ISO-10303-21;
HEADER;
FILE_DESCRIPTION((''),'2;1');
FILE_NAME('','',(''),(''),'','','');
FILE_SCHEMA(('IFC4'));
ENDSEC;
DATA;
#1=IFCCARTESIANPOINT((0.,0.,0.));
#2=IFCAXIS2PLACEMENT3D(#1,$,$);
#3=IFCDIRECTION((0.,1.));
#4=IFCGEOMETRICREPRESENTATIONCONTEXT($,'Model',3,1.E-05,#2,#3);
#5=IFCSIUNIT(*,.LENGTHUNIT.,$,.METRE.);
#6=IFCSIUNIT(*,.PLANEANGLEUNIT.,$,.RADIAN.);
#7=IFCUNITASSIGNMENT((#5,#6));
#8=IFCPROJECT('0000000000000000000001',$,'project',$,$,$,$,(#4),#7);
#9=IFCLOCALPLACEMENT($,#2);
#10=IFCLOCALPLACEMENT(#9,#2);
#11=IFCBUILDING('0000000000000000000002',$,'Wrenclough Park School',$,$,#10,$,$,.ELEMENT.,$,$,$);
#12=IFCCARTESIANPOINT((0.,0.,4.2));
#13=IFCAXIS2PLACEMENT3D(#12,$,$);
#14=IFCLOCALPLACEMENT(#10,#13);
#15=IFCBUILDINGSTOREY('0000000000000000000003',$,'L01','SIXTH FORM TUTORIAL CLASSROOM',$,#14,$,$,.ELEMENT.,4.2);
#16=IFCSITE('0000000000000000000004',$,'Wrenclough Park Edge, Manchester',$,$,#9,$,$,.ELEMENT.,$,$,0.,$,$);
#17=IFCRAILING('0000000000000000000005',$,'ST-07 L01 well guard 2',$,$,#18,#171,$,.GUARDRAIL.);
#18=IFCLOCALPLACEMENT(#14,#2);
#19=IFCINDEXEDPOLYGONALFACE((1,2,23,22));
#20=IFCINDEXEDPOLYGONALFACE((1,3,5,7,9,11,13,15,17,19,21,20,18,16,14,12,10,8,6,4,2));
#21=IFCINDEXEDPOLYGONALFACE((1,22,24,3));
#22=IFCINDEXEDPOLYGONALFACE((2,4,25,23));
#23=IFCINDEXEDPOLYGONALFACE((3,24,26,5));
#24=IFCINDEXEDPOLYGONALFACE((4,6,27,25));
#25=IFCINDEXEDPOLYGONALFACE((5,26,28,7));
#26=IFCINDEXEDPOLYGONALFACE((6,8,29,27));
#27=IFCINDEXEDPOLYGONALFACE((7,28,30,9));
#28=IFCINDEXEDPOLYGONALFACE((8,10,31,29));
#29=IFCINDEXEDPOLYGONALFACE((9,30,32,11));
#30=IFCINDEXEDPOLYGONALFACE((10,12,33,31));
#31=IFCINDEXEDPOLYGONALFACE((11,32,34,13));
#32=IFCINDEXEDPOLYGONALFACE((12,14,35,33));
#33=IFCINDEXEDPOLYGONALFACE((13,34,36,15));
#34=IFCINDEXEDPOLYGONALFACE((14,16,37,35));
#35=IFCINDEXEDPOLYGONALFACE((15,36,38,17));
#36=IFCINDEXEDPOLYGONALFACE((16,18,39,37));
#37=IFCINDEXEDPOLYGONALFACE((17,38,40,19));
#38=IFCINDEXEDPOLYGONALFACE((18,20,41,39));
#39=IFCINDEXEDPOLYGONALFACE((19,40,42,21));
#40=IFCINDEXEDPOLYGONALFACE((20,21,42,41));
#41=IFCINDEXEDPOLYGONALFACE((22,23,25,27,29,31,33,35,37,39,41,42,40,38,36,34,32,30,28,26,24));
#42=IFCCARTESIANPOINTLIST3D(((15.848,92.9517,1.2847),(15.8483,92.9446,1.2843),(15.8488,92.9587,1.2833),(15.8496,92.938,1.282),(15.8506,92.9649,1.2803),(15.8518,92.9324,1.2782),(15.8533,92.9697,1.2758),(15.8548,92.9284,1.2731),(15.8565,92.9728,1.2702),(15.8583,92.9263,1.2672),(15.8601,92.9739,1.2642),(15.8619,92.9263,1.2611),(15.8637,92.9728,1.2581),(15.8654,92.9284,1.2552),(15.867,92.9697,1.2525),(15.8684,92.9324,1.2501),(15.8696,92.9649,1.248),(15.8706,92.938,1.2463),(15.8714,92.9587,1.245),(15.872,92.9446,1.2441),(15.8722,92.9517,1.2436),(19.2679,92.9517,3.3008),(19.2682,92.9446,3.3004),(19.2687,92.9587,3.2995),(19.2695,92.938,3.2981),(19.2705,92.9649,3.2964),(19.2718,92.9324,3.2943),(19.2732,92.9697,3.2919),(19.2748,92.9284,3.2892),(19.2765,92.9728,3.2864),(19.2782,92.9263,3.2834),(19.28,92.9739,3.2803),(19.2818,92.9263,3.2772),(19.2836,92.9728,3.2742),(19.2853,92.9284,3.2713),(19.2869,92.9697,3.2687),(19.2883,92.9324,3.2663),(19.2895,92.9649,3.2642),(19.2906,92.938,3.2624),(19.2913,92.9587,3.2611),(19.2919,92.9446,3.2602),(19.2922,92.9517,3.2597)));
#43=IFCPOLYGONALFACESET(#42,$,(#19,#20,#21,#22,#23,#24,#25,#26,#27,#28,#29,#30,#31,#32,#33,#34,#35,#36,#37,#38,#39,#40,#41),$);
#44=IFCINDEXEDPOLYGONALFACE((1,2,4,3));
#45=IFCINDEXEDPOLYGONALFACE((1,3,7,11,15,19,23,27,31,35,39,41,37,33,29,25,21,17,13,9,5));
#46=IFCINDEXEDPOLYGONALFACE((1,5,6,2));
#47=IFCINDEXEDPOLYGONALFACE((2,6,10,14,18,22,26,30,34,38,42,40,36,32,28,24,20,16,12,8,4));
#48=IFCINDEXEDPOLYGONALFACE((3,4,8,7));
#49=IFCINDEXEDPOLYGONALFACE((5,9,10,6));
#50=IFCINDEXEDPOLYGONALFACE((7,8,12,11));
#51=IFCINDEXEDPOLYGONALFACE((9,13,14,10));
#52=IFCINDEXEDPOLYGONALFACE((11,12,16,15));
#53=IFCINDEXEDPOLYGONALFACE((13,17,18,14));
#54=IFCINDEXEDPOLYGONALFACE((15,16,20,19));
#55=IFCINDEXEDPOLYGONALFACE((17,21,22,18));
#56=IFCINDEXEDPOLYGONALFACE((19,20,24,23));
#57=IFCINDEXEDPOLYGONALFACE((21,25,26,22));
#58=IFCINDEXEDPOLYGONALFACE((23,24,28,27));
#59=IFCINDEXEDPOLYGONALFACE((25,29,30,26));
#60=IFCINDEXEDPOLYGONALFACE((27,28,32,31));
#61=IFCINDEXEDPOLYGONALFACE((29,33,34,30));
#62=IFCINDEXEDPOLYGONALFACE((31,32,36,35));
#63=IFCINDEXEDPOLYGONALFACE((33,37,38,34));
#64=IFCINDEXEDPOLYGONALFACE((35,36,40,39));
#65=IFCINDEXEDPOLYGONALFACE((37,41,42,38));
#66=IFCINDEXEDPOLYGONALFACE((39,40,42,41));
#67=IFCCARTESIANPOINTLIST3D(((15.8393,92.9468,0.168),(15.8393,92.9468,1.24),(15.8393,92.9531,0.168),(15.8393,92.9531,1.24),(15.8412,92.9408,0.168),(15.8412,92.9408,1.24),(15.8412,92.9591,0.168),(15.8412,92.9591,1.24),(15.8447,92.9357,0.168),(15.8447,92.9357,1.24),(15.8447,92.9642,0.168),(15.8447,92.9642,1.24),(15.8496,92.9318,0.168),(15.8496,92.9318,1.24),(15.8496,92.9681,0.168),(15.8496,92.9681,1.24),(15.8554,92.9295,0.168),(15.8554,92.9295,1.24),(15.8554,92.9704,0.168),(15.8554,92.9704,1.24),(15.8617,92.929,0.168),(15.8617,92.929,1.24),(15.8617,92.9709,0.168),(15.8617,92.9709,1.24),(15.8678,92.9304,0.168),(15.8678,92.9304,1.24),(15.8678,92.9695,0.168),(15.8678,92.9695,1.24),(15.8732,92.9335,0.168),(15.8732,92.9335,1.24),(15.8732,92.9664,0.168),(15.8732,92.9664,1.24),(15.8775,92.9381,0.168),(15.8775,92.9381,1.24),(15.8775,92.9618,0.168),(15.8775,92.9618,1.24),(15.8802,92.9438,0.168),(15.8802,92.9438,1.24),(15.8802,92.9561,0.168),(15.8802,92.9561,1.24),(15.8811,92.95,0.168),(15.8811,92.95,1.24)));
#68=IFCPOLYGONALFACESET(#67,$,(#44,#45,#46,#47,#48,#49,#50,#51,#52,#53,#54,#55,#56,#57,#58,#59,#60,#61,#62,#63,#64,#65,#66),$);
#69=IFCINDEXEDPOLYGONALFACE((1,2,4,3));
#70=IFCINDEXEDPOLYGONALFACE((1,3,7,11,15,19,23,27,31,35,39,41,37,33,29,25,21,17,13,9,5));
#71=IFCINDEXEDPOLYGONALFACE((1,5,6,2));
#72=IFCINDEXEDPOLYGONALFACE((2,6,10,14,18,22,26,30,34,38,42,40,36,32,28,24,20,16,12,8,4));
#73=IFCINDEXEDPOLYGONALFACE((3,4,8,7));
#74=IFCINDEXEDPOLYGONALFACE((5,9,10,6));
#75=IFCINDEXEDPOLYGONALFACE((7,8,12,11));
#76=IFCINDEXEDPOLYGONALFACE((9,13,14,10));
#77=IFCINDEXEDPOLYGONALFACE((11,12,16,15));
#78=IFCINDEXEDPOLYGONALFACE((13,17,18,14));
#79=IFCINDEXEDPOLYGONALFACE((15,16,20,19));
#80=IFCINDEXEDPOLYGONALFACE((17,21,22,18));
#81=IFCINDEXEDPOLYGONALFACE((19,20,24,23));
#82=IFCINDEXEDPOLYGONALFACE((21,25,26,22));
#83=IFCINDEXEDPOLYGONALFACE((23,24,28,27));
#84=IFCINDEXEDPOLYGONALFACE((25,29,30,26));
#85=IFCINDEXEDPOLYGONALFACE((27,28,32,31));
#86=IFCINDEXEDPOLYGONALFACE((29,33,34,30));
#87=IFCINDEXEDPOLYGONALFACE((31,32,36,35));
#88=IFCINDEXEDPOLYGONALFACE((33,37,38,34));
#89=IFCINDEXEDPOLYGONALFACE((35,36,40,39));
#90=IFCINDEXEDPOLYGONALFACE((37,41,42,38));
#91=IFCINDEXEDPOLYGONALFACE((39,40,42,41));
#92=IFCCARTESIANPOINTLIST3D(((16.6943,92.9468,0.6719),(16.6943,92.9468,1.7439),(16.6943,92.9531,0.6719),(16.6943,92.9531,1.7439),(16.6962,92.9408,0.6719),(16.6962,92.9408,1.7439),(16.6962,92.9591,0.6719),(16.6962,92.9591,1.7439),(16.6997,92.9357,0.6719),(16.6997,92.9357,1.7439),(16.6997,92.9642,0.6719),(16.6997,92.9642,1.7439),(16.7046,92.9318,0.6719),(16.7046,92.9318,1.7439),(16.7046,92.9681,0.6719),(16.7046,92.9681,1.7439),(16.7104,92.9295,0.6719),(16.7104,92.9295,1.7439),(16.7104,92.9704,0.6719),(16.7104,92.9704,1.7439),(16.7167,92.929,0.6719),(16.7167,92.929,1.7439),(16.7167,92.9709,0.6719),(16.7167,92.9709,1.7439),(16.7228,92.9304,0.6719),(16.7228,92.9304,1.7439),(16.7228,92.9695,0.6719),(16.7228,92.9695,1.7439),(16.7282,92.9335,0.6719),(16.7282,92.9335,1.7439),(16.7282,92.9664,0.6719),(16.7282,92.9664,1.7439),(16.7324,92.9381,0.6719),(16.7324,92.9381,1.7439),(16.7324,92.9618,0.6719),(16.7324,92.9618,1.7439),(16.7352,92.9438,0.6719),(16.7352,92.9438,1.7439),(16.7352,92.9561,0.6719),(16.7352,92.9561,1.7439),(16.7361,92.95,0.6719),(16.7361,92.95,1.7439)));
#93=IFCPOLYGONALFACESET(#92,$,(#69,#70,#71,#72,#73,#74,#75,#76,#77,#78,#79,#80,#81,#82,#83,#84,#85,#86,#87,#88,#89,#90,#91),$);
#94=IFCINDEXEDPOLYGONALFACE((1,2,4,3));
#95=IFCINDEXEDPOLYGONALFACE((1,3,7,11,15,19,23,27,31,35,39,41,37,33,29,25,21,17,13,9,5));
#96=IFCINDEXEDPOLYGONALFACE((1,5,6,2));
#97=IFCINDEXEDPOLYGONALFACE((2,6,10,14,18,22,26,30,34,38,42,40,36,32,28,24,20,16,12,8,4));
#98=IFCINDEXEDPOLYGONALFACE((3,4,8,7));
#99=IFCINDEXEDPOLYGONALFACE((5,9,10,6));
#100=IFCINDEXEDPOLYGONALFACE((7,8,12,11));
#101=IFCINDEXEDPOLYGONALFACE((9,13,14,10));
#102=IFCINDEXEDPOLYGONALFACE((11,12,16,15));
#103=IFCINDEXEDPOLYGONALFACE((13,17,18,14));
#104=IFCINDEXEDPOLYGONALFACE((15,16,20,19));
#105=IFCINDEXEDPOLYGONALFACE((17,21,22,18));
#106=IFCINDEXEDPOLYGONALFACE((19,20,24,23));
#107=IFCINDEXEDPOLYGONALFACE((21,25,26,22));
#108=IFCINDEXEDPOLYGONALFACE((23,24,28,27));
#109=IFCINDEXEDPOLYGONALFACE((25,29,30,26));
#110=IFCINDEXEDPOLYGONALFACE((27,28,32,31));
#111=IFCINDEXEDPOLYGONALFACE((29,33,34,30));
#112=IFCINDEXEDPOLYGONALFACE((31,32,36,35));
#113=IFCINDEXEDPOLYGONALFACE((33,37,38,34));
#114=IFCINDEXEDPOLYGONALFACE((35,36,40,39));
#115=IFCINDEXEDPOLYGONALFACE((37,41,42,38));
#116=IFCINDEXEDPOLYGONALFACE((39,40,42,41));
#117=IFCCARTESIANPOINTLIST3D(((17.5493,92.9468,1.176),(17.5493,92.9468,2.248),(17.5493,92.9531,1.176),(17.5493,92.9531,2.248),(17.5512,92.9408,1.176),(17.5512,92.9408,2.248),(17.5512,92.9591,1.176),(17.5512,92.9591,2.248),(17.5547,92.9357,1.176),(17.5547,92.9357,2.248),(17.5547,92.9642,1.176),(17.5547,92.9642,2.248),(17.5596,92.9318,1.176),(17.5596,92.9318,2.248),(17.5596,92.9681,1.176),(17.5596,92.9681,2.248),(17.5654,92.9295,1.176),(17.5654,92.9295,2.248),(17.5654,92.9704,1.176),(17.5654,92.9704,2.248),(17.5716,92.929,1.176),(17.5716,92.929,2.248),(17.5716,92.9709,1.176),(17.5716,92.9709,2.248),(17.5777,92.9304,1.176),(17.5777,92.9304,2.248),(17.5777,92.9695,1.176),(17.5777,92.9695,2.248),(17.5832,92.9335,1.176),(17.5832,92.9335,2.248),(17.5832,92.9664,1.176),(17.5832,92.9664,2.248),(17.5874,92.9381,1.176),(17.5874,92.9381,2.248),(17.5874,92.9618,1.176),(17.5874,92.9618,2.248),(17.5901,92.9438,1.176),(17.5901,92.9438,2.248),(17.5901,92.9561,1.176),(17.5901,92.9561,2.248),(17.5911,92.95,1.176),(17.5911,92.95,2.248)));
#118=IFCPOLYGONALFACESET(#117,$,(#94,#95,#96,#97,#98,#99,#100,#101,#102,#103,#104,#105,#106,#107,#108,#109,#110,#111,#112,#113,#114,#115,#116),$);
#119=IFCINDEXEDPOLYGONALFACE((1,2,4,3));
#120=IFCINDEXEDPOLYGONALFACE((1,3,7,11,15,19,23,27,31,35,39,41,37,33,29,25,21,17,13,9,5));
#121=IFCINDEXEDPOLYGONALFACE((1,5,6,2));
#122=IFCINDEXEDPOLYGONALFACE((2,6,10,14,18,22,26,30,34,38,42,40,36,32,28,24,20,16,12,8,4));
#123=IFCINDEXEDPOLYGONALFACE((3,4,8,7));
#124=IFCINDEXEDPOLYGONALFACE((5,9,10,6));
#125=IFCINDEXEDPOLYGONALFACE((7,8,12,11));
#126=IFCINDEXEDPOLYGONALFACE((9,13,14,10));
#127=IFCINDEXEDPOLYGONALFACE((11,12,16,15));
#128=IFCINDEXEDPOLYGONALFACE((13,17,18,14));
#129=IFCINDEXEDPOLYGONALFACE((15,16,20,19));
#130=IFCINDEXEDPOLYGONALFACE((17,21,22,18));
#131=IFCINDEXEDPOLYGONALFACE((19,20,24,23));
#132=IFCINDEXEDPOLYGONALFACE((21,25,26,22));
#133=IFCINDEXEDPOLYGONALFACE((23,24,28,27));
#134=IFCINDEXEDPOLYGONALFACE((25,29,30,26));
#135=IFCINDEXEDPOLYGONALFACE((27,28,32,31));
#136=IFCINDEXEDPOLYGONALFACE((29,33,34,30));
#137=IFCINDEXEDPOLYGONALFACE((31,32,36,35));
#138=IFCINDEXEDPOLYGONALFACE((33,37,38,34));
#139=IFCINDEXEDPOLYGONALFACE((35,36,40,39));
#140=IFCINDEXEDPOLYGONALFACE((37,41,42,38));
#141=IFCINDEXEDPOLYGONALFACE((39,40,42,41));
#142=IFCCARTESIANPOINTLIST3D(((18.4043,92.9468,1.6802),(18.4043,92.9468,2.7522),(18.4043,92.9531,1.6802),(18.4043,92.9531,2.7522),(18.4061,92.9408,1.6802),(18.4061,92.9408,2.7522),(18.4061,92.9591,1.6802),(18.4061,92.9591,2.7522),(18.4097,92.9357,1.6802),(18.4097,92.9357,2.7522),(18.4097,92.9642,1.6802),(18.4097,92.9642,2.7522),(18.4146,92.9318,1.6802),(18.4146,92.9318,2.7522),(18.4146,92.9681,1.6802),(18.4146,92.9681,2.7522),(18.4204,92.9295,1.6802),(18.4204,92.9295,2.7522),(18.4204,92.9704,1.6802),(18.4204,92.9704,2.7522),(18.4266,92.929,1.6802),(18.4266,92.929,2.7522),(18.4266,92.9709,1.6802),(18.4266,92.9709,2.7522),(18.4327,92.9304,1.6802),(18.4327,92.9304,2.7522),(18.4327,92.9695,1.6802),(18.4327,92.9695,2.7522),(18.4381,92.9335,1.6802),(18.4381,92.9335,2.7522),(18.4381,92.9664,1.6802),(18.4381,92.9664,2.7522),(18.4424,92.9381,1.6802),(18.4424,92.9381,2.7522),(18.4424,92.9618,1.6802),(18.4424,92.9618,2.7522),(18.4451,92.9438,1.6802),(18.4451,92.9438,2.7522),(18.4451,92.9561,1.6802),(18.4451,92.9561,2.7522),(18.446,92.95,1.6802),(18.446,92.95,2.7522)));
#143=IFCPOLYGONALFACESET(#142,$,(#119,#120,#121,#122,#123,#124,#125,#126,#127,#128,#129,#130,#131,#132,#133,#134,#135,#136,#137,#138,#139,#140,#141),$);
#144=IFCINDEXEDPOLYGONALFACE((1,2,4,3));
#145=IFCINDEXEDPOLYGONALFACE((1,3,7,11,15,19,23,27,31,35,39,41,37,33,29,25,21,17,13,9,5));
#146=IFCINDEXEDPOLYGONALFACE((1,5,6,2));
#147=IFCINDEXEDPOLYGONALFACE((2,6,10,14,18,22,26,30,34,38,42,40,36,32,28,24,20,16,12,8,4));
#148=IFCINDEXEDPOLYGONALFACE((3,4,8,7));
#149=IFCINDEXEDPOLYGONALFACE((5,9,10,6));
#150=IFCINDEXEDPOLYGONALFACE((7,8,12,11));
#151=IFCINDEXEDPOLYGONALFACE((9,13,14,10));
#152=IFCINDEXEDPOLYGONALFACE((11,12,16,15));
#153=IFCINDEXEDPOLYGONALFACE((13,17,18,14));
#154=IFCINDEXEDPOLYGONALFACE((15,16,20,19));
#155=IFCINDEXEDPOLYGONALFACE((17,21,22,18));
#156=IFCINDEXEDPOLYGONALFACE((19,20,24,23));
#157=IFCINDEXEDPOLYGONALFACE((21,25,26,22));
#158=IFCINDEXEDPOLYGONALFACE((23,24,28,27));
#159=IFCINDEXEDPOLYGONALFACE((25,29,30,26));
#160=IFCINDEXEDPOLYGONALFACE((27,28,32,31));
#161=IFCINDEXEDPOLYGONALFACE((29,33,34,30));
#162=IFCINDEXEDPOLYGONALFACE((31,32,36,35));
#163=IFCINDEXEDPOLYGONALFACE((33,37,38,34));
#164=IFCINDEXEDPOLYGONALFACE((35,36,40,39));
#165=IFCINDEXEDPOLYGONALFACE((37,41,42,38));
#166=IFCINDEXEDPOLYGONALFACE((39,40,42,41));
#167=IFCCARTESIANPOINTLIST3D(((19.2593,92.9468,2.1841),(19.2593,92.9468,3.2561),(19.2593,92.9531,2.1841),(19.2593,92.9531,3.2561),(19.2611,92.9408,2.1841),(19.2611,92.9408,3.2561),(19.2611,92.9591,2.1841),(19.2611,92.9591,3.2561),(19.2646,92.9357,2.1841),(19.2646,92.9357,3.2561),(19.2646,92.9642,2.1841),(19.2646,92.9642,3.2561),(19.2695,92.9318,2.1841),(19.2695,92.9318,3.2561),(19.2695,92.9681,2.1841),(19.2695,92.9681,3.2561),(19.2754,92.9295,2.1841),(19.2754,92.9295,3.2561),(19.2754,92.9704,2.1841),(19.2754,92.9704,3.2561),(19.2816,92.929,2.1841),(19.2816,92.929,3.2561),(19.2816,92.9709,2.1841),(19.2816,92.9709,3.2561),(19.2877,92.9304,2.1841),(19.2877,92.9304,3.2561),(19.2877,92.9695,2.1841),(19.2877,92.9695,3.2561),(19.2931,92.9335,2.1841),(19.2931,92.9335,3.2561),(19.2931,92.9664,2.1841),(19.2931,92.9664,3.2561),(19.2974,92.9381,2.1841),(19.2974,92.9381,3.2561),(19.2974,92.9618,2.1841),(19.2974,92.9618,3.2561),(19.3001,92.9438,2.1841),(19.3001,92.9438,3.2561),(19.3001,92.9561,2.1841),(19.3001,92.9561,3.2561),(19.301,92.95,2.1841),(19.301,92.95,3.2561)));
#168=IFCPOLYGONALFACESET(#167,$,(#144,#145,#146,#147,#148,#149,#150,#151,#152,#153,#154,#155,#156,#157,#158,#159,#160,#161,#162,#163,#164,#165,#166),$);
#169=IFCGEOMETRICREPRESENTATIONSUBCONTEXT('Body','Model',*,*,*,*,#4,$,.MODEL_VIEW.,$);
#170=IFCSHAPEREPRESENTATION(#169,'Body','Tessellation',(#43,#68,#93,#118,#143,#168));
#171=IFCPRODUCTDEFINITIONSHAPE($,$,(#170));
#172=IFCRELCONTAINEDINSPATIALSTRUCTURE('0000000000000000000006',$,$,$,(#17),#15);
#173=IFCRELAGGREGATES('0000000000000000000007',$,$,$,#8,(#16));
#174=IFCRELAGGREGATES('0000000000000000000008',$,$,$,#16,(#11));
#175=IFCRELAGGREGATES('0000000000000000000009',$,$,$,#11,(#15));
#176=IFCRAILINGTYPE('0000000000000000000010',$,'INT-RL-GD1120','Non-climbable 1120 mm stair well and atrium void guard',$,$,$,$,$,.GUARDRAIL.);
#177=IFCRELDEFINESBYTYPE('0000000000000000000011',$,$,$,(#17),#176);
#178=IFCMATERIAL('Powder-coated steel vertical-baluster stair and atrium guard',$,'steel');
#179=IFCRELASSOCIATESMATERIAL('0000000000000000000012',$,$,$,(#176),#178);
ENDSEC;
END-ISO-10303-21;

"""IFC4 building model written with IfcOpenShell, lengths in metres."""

from ifc_helpers import new_model, si_unit, direction, frame, origin, origin_2d, place, context, subcontext, project, spatial, circle, extrude, material, type_object, element, save


model = new_model("IFC4")

# Units and contexts
model_context = context("Model", 3, precision=1e-05, world=origin(), true_north=direction((0.0, 1.0)))
body_context = subcontext(model_context, "Body", "Model", "MODEL_VIEW")
ifc_project = project(units=[si_unit("LENGTHUNIT", "METRE"), si_unit("PLANEANGLEUNIT", "RADIAN")], contexts=[model_context])

# Site, building, storey
site_placement = place(None, origin())
site = spatial("IfcSite", under=ifc_project, at=site_placement, Name="Wrenclough Park Edge, Manchester", CompositionType="ELEMENT", RefElevation=0.0)
building_placement = place(site_placement, origin())
building = spatial("IfcBuilding", under=site, at=building_placement, Name="Wrenclough Park School", CompositionType="ELEMENT")
storey_placement = place(building_placement, frame((0.0, 0.0, 4.2)))
storey = spatial("IfcBuildingStorey", under=building, at=storey_placement, Name="L01", Description="SIXTH FORM TUTORIAL CLASSROOM", CompositionType="ELEMENT", Elevation=4.2)

# Railing
ifc_material_1 = material(Name="Powder-coated steel vertical-baluster stair and atrium guard", Category="steel")
railing_type = type_object("IfcRailingType", Name="INT-RL-GD1120", Description="Non-climbable 1120 mm stair well and atrium void guard", PredefinedType="GUARDRAIL", material=ifc_material_1)
railing_1_placement = place(storey_placement, frame((15.8601, 92.95, 0.168)))
element("IfcRailing", 1, at=railing_1_placement, inside=storey, type_object=railing_type, Name="ST-07 L01 well guard 2", PredefinedType="GUARDRAIL", context=body_context, shape_type="SweptSolid", body=[
    extrude(circle(Radius=0.0239, at=origin_2d()), frame((0.0, 0.0, 1.0962), z_axis=(0.86145, 0.0, 0.507842), x_axis=(0.0, 1.0, 0.0)), (0.0, 0.0, 1.0), 3.97),
    extrude(circle(Radius=0.021, at=origin_2d()), origin(), (0.0, 0.0, 1.0), 1.072),
    extrude(circle(Radius=0.021, at=origin_2d()), frame((0.855, 0.0, 0.5039)), (0.0, 0.0, 1.0), 1.072),
    extrude(circle(Radius=0.021, at=origin_2d()), frame((1.71, 0.0, 1.0081)), (0.0, 0.0, 1.0), 1.072),
    extrude(circle(Radius=0.021, at=origin_2d()), frame((2.5649, 0.0, 1.5122)), (0.0, 0.0, 1.0), 1.072),
    extrude(circle(Radius=0.021, at=origin_2d()), frame((3.4199, 0.0, 2.0161)), (0.0, 0.0, 1.0), 1.072),
])

save(model, "model.ifc")
